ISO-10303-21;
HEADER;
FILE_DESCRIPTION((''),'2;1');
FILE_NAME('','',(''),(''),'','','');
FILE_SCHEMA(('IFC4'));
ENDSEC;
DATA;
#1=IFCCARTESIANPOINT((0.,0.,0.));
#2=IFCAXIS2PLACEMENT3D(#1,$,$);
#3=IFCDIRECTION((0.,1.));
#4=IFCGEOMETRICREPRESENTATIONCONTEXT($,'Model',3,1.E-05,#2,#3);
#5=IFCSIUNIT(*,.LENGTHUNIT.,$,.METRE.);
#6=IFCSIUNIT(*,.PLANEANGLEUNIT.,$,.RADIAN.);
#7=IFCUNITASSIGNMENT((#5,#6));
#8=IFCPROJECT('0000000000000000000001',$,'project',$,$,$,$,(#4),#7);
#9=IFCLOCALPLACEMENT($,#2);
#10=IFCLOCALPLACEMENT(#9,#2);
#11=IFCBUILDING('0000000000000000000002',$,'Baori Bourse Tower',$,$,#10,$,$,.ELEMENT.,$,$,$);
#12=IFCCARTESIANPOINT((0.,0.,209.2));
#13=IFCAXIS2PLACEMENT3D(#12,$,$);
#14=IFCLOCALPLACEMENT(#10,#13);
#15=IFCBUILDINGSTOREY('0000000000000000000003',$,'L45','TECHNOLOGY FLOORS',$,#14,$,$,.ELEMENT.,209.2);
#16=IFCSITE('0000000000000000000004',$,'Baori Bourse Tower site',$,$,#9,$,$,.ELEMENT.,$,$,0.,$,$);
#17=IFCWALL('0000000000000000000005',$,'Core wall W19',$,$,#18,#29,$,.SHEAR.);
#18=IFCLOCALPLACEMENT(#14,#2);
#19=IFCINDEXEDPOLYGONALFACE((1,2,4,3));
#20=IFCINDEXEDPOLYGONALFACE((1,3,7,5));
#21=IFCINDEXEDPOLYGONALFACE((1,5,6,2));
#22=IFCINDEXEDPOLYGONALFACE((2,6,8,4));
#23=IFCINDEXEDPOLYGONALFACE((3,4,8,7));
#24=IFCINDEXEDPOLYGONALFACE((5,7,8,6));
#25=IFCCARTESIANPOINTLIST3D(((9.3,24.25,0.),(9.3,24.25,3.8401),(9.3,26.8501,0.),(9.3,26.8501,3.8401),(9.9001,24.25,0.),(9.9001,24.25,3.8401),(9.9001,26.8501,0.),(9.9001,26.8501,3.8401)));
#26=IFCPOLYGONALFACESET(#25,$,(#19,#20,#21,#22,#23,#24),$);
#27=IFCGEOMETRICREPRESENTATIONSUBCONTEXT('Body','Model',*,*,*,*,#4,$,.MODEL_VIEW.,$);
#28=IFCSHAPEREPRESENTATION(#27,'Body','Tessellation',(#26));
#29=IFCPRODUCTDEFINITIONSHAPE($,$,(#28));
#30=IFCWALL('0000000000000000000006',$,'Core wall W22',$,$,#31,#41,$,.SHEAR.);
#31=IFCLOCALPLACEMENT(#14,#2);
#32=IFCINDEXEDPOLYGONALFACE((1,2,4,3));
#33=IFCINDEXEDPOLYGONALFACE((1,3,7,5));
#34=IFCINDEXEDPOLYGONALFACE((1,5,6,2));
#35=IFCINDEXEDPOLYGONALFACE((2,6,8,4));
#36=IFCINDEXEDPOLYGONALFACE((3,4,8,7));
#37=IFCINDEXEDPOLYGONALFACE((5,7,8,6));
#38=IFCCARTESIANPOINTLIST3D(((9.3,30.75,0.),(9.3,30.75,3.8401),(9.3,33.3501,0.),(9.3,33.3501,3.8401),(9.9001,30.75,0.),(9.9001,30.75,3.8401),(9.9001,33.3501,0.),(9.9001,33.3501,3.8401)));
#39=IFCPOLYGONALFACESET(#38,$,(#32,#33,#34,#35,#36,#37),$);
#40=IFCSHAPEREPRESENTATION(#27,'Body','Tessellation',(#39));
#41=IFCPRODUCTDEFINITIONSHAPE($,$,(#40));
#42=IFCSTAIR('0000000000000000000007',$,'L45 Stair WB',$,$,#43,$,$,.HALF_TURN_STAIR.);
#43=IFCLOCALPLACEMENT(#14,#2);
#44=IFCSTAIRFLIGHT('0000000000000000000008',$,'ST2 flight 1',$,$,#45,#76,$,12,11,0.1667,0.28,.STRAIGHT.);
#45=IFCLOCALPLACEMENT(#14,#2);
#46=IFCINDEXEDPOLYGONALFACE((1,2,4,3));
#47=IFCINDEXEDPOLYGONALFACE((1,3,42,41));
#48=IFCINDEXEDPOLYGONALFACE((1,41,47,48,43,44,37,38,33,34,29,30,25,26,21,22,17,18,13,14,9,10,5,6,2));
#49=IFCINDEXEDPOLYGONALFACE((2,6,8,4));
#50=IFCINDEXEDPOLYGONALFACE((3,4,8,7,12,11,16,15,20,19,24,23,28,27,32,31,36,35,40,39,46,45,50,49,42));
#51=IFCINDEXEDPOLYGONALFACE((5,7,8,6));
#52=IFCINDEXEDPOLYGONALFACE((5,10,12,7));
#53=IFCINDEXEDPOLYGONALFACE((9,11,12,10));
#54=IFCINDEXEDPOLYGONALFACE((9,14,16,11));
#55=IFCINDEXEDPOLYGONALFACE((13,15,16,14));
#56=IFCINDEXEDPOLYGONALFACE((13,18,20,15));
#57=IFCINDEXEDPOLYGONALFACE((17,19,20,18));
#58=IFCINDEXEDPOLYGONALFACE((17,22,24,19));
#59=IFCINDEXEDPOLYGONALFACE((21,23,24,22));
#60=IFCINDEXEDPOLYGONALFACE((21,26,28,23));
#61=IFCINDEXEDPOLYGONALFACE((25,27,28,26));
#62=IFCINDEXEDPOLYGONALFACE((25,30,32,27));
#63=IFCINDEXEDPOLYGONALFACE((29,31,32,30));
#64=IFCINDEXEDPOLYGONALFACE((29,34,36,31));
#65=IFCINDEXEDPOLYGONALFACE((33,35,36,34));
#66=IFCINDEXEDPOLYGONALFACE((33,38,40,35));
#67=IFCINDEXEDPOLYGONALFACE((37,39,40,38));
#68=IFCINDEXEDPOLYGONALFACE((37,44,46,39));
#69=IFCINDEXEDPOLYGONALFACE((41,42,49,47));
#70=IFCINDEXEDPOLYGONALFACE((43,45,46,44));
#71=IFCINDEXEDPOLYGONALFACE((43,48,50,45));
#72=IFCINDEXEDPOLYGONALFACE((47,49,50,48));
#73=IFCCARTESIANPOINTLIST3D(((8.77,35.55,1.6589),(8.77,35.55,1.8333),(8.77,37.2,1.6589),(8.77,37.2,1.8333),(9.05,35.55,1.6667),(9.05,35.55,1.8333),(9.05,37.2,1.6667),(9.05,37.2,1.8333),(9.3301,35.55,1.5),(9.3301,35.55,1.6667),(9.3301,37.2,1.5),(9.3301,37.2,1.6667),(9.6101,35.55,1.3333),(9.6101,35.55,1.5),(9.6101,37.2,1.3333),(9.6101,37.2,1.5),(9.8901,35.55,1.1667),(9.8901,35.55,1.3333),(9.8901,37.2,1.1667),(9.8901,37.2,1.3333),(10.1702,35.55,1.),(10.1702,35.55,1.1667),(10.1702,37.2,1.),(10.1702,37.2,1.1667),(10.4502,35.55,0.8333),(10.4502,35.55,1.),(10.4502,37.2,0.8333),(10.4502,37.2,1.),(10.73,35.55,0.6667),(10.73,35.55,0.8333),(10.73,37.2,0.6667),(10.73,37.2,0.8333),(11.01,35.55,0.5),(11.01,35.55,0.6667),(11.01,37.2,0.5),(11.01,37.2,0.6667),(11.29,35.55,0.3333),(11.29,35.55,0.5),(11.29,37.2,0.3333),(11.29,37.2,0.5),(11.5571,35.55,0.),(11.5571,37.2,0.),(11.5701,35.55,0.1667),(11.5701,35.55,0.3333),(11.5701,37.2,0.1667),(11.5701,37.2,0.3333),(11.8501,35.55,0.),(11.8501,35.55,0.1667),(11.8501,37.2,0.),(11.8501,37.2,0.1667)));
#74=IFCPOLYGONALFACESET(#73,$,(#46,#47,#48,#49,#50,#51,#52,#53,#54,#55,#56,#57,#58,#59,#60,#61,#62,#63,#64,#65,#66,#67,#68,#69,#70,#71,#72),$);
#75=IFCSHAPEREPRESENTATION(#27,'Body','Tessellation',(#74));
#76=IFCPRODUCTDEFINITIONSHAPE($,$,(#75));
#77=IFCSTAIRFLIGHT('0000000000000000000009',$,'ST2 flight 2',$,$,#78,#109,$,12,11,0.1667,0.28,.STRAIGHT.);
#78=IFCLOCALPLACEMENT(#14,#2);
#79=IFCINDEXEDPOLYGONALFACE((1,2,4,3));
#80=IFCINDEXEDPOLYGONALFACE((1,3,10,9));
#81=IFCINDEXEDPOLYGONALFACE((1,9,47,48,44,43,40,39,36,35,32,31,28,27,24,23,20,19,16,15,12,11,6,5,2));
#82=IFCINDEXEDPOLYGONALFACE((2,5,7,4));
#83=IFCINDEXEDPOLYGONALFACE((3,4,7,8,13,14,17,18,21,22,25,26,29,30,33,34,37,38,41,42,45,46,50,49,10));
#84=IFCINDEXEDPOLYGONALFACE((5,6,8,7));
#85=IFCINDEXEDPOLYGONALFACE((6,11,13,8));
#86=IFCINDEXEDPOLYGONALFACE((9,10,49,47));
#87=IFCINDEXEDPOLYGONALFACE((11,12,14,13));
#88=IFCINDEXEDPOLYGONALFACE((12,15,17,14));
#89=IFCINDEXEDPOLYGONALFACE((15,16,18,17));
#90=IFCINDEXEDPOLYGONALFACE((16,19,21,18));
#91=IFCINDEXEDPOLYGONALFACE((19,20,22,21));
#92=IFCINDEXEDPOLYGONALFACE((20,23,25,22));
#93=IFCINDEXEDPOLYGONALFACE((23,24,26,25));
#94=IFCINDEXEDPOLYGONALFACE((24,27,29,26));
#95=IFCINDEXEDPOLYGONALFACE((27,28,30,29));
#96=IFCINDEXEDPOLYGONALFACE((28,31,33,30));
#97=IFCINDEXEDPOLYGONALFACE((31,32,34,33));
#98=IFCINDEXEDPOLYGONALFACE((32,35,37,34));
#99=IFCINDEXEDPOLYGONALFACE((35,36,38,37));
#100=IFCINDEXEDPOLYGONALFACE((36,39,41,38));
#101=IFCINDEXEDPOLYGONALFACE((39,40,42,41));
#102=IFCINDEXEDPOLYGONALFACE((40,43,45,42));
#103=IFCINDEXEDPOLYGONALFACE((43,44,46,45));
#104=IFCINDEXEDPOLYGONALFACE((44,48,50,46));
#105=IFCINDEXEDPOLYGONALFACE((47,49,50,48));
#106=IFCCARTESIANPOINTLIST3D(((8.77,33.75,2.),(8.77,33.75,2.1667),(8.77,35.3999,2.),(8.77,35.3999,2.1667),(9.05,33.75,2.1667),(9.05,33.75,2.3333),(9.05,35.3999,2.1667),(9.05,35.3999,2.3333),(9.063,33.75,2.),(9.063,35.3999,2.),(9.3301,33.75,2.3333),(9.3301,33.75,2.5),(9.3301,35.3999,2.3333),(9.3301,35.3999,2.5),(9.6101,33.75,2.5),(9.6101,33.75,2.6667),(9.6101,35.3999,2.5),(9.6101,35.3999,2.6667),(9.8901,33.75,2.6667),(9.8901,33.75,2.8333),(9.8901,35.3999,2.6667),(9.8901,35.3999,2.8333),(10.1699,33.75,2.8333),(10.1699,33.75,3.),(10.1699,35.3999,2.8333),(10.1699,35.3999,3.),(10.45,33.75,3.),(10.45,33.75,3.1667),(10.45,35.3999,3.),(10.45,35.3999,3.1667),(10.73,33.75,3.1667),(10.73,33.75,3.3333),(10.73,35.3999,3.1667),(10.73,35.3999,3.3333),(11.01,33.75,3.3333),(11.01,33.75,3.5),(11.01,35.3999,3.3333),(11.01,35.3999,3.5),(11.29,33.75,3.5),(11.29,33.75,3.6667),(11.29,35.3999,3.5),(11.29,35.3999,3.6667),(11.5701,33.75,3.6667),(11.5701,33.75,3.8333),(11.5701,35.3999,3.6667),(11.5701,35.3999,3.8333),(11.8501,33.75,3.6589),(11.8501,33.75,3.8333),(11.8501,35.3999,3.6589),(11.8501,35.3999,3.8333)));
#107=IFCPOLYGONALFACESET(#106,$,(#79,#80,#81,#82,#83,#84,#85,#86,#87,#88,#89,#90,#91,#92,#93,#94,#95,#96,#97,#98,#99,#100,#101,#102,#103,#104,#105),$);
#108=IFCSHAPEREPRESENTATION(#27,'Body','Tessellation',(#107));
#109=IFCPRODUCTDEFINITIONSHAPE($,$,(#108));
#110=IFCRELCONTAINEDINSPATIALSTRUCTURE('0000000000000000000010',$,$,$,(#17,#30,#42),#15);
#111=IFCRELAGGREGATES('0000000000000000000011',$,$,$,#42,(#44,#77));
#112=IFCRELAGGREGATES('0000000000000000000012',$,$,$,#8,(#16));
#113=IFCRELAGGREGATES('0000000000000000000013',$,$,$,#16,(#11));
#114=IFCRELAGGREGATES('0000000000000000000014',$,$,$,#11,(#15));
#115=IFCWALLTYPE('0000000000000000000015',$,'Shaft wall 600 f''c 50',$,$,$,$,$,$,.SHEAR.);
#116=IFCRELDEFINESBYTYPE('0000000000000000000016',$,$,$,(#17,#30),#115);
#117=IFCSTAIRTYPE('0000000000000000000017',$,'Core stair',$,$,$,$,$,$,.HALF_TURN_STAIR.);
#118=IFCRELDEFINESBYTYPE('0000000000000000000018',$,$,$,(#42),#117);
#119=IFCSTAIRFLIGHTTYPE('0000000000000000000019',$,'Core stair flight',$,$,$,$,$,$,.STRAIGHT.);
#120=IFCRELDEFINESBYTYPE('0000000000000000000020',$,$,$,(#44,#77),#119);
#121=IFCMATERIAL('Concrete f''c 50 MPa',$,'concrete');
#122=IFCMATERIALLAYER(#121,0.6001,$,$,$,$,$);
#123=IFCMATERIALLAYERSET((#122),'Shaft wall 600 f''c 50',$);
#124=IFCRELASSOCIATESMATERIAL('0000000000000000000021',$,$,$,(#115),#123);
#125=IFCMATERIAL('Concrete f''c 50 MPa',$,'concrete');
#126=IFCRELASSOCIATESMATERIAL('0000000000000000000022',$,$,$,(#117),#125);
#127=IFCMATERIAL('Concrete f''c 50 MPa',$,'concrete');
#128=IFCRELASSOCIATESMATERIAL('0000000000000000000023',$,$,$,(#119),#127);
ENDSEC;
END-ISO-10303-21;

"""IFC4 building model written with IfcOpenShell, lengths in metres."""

from ifc_helpers import new_model, si_unit, direction, frame, frame_2d, origin, place, context, subcontext, project, spatial, polyline, rectangle, outline, extrude, material, layer, layer_set, type_object, element, aggregate, save


model = new_model("IFC4")

# Units and contexts
model_context = context("Model", 3, precision=1e-05, world=origin(), true_north=direction((0.0, 1.0)))
body_context = subcontext(model_context, "Body", "Model", "MODEL_VIEW")
ifc_project = project(units=[si_unit("LENGTHUNIT", "METRE"), si_unit("PLANEANGLEUNIT", "RADIAN")], contexts=[model_context])

# Site, building, storey
site_placement = place(None, origin())
site = spatial("IfcSite", under=ifc_project, at=site_placement, Name="Baori Bourse Tower site", CompositionType="ELEMENT", RefElevation=0.0)
building_placement = place(site_placement, origin())
building = spatial("IfcBuilding", under=site, at=building_placement, Name="Baori Bourse Tower", CompositionType="ELEMENT")
storey_placement = place(building_placement, frame((0.0, 0.0, 209.2)))
storey = spatial("IfcBuildingStorey", under=building, at=storey_placement, Name="L45", Description="TECHNOLOGY FLOORS", CompositionType="ELEMENT", Elevation=209.2)

# Walls
ifc_material_1 = material(Name="Concrete f'c 50 MPa", Category="concrete")
ifc_layer_1 = layer(ifc_material_1, 0.6001)
ifc_layer_set_1 = layer_set([ifc_layer_1], Name="Shaft wall 600 f'c 50")
wall_type_1 = type_object("IfcWallType", Name="Shaft wall 600 f'c 50", PredefinedType="SHEAR", material=ifc_layer_set_1)
for number, where, z_axis, x_axis, name in (
    (1, (9.6001, 24.25, 0.0), (0.0, 0.0, 1.0), (0.0, 1.0, 0.0), "Core wall W19"),
    (2, (9.6001, 30.75, 0.0), (0.0, 0.0, 1.0), (0.0, 1.0, 0.0), "Core wall W22"),
):
    element("IfcWall", number, at=place(storey_placement, frame(where, z_axis=z_axis, x_axis=x_axis)), inside=storey, type_object=wall_type_1, Name=name, PredefinedType="SHEAR", context=body_context, shape_type="SweptSolid", body=[
        extrude(rectangle(XDim=2.6001, YDim=0.6001, at=frame_2d((1.3, 0.0))), origin(), (0.0, 0.0, 1.0), 3.8401),
    ])

# Stair, stair flights
ifc_material_2 = material(Name="Concrete f'c 50 MPa", Category="concrete")
stair_type = type_object("IfcStairType", Name="Core stair", PredefinedType="HALF_TURN_STAIR", material=ifc_material_2)
stair_placement = place(storey_placement, origin())
stair = element("IfcStair", 3, at=stair_placement, inside=storey, type_object=stair_type, Name="L45 Stair WB", PredefinedType="HALF_TURN_STAIR")
ifc_material_3 = material(Name="Concrete f'c 50 MPa", Category="concrete")
stair_flight_type = type_object("IfcStairFlightType", Name="Core stair flight", PredefinedType="STRAIGHT", material=ifc_material_3)
stair_flight_1_placement = place(storey_placement, frame((11.8501, 36.375, 0.0), z_axis=(0.0, 0.0, 1.0), x_axis=(-1.0, 0.0, 0.0)))
stair_flight_1 = element("IfcStairFlight", 4, at=stair_flight_1_placement, type_object=stair_flight_type, Name="ST2 flight 1", NumberOfRisers=12, NumberOfTreads=11, PredefinedType="STRAIGHT", RiserHeight=0.1667, TreadLength=0.28, context=body_context, shape_type="SweptSolid", body=[
    extrude(outline(polyline([(0.0, 0.0), (0.0, 0.1667), (0.28, 0.1667), (0.28, 0.3333), (0.5601, 0.3333), (0.5601, 0.5), (0.8401, 0.5), (0.8401, 0.6667), (1.1201, 0.6667), (1.1201, 0.8333), (1.3999, 0.8333), (1.3999, 1.0), (1.6799, 1.0), (1.6799, 1.1667), (1.96, 1.1667), (1.96, 1.3333), (2.24, 1.3333), (2.24, 1.5), (2.52, 1.5), (2.52, 1.6667), (2.8, 1.6667), (2.8, 1.8333), (3.0801, 1.8333), (3.0801, 2.0), (3.0801, 1.6589), (0.293, 0.0), (0.0, 0.0)])), frame((0.0, 0.825, 0.0), z_axis=(0.0, -1.0, 0.0), x_axis=(1.0, 0.0, 0.0)), (0.0, 0.0, 1.0), 1.6499),
])
stair_flight_2_placement = place(storey_placement, frame((8.77, 34.575, 2.0), z_axis=(0.0, 0.0, 1.0), x_axis=(1.0, 0.0, 0.0)))
stair_flight_2 = element("IfcStairFlight", 5, at=stair_flight_2_placement, type_object=stair_flight_type, Name="ST2 flight 2", NumberOfRisers=12, NumberOfTreads=11, PredefinedType="STRAIGHT", RiserHeight=0.1667, TreadLength=0.28, context=body_context, shape_type="SweptSolid", body=[
    extrude(outline(polyline([(0.0, 0.0), (0.0, 0.1667), (0.28, 0.1667), (0.28, 0.3333), (0.5601, 0.3333), (0.5601, 0.5), (0.8401, 0.5), (0.8401, 0.6667), (1.1201, 0.6667), (1.1201, 0.8333), (1.3999, 0.8333), (1.3999, 1.0), (1.6799, 1.0), (1.6799, 1.1667), (1.96, 1.1667), (1.96, 1.3333), (2.24, 1.3333), (2.24, 1.5), (2.52, 1.5), (2.52, 1.6667), (2.8, 1.6667), (2.8, 1.8333), (3.0801, 1.8333), (3.0801, 2.0), (3.0801, 1.6589), (0.293, 0.0), (0.0, 0.0)])), frame((0.0, 0.825, 0.0), z_axis=(0.0, -1.0, 0.0), x_axis=(1.0, 0.0, 0.0)), (0.0, 0.0, 1.0), 1.6499),
])
aggregate(stair, [stair_flight_1, stair_flight_2])

save(model, "model.ifc")
